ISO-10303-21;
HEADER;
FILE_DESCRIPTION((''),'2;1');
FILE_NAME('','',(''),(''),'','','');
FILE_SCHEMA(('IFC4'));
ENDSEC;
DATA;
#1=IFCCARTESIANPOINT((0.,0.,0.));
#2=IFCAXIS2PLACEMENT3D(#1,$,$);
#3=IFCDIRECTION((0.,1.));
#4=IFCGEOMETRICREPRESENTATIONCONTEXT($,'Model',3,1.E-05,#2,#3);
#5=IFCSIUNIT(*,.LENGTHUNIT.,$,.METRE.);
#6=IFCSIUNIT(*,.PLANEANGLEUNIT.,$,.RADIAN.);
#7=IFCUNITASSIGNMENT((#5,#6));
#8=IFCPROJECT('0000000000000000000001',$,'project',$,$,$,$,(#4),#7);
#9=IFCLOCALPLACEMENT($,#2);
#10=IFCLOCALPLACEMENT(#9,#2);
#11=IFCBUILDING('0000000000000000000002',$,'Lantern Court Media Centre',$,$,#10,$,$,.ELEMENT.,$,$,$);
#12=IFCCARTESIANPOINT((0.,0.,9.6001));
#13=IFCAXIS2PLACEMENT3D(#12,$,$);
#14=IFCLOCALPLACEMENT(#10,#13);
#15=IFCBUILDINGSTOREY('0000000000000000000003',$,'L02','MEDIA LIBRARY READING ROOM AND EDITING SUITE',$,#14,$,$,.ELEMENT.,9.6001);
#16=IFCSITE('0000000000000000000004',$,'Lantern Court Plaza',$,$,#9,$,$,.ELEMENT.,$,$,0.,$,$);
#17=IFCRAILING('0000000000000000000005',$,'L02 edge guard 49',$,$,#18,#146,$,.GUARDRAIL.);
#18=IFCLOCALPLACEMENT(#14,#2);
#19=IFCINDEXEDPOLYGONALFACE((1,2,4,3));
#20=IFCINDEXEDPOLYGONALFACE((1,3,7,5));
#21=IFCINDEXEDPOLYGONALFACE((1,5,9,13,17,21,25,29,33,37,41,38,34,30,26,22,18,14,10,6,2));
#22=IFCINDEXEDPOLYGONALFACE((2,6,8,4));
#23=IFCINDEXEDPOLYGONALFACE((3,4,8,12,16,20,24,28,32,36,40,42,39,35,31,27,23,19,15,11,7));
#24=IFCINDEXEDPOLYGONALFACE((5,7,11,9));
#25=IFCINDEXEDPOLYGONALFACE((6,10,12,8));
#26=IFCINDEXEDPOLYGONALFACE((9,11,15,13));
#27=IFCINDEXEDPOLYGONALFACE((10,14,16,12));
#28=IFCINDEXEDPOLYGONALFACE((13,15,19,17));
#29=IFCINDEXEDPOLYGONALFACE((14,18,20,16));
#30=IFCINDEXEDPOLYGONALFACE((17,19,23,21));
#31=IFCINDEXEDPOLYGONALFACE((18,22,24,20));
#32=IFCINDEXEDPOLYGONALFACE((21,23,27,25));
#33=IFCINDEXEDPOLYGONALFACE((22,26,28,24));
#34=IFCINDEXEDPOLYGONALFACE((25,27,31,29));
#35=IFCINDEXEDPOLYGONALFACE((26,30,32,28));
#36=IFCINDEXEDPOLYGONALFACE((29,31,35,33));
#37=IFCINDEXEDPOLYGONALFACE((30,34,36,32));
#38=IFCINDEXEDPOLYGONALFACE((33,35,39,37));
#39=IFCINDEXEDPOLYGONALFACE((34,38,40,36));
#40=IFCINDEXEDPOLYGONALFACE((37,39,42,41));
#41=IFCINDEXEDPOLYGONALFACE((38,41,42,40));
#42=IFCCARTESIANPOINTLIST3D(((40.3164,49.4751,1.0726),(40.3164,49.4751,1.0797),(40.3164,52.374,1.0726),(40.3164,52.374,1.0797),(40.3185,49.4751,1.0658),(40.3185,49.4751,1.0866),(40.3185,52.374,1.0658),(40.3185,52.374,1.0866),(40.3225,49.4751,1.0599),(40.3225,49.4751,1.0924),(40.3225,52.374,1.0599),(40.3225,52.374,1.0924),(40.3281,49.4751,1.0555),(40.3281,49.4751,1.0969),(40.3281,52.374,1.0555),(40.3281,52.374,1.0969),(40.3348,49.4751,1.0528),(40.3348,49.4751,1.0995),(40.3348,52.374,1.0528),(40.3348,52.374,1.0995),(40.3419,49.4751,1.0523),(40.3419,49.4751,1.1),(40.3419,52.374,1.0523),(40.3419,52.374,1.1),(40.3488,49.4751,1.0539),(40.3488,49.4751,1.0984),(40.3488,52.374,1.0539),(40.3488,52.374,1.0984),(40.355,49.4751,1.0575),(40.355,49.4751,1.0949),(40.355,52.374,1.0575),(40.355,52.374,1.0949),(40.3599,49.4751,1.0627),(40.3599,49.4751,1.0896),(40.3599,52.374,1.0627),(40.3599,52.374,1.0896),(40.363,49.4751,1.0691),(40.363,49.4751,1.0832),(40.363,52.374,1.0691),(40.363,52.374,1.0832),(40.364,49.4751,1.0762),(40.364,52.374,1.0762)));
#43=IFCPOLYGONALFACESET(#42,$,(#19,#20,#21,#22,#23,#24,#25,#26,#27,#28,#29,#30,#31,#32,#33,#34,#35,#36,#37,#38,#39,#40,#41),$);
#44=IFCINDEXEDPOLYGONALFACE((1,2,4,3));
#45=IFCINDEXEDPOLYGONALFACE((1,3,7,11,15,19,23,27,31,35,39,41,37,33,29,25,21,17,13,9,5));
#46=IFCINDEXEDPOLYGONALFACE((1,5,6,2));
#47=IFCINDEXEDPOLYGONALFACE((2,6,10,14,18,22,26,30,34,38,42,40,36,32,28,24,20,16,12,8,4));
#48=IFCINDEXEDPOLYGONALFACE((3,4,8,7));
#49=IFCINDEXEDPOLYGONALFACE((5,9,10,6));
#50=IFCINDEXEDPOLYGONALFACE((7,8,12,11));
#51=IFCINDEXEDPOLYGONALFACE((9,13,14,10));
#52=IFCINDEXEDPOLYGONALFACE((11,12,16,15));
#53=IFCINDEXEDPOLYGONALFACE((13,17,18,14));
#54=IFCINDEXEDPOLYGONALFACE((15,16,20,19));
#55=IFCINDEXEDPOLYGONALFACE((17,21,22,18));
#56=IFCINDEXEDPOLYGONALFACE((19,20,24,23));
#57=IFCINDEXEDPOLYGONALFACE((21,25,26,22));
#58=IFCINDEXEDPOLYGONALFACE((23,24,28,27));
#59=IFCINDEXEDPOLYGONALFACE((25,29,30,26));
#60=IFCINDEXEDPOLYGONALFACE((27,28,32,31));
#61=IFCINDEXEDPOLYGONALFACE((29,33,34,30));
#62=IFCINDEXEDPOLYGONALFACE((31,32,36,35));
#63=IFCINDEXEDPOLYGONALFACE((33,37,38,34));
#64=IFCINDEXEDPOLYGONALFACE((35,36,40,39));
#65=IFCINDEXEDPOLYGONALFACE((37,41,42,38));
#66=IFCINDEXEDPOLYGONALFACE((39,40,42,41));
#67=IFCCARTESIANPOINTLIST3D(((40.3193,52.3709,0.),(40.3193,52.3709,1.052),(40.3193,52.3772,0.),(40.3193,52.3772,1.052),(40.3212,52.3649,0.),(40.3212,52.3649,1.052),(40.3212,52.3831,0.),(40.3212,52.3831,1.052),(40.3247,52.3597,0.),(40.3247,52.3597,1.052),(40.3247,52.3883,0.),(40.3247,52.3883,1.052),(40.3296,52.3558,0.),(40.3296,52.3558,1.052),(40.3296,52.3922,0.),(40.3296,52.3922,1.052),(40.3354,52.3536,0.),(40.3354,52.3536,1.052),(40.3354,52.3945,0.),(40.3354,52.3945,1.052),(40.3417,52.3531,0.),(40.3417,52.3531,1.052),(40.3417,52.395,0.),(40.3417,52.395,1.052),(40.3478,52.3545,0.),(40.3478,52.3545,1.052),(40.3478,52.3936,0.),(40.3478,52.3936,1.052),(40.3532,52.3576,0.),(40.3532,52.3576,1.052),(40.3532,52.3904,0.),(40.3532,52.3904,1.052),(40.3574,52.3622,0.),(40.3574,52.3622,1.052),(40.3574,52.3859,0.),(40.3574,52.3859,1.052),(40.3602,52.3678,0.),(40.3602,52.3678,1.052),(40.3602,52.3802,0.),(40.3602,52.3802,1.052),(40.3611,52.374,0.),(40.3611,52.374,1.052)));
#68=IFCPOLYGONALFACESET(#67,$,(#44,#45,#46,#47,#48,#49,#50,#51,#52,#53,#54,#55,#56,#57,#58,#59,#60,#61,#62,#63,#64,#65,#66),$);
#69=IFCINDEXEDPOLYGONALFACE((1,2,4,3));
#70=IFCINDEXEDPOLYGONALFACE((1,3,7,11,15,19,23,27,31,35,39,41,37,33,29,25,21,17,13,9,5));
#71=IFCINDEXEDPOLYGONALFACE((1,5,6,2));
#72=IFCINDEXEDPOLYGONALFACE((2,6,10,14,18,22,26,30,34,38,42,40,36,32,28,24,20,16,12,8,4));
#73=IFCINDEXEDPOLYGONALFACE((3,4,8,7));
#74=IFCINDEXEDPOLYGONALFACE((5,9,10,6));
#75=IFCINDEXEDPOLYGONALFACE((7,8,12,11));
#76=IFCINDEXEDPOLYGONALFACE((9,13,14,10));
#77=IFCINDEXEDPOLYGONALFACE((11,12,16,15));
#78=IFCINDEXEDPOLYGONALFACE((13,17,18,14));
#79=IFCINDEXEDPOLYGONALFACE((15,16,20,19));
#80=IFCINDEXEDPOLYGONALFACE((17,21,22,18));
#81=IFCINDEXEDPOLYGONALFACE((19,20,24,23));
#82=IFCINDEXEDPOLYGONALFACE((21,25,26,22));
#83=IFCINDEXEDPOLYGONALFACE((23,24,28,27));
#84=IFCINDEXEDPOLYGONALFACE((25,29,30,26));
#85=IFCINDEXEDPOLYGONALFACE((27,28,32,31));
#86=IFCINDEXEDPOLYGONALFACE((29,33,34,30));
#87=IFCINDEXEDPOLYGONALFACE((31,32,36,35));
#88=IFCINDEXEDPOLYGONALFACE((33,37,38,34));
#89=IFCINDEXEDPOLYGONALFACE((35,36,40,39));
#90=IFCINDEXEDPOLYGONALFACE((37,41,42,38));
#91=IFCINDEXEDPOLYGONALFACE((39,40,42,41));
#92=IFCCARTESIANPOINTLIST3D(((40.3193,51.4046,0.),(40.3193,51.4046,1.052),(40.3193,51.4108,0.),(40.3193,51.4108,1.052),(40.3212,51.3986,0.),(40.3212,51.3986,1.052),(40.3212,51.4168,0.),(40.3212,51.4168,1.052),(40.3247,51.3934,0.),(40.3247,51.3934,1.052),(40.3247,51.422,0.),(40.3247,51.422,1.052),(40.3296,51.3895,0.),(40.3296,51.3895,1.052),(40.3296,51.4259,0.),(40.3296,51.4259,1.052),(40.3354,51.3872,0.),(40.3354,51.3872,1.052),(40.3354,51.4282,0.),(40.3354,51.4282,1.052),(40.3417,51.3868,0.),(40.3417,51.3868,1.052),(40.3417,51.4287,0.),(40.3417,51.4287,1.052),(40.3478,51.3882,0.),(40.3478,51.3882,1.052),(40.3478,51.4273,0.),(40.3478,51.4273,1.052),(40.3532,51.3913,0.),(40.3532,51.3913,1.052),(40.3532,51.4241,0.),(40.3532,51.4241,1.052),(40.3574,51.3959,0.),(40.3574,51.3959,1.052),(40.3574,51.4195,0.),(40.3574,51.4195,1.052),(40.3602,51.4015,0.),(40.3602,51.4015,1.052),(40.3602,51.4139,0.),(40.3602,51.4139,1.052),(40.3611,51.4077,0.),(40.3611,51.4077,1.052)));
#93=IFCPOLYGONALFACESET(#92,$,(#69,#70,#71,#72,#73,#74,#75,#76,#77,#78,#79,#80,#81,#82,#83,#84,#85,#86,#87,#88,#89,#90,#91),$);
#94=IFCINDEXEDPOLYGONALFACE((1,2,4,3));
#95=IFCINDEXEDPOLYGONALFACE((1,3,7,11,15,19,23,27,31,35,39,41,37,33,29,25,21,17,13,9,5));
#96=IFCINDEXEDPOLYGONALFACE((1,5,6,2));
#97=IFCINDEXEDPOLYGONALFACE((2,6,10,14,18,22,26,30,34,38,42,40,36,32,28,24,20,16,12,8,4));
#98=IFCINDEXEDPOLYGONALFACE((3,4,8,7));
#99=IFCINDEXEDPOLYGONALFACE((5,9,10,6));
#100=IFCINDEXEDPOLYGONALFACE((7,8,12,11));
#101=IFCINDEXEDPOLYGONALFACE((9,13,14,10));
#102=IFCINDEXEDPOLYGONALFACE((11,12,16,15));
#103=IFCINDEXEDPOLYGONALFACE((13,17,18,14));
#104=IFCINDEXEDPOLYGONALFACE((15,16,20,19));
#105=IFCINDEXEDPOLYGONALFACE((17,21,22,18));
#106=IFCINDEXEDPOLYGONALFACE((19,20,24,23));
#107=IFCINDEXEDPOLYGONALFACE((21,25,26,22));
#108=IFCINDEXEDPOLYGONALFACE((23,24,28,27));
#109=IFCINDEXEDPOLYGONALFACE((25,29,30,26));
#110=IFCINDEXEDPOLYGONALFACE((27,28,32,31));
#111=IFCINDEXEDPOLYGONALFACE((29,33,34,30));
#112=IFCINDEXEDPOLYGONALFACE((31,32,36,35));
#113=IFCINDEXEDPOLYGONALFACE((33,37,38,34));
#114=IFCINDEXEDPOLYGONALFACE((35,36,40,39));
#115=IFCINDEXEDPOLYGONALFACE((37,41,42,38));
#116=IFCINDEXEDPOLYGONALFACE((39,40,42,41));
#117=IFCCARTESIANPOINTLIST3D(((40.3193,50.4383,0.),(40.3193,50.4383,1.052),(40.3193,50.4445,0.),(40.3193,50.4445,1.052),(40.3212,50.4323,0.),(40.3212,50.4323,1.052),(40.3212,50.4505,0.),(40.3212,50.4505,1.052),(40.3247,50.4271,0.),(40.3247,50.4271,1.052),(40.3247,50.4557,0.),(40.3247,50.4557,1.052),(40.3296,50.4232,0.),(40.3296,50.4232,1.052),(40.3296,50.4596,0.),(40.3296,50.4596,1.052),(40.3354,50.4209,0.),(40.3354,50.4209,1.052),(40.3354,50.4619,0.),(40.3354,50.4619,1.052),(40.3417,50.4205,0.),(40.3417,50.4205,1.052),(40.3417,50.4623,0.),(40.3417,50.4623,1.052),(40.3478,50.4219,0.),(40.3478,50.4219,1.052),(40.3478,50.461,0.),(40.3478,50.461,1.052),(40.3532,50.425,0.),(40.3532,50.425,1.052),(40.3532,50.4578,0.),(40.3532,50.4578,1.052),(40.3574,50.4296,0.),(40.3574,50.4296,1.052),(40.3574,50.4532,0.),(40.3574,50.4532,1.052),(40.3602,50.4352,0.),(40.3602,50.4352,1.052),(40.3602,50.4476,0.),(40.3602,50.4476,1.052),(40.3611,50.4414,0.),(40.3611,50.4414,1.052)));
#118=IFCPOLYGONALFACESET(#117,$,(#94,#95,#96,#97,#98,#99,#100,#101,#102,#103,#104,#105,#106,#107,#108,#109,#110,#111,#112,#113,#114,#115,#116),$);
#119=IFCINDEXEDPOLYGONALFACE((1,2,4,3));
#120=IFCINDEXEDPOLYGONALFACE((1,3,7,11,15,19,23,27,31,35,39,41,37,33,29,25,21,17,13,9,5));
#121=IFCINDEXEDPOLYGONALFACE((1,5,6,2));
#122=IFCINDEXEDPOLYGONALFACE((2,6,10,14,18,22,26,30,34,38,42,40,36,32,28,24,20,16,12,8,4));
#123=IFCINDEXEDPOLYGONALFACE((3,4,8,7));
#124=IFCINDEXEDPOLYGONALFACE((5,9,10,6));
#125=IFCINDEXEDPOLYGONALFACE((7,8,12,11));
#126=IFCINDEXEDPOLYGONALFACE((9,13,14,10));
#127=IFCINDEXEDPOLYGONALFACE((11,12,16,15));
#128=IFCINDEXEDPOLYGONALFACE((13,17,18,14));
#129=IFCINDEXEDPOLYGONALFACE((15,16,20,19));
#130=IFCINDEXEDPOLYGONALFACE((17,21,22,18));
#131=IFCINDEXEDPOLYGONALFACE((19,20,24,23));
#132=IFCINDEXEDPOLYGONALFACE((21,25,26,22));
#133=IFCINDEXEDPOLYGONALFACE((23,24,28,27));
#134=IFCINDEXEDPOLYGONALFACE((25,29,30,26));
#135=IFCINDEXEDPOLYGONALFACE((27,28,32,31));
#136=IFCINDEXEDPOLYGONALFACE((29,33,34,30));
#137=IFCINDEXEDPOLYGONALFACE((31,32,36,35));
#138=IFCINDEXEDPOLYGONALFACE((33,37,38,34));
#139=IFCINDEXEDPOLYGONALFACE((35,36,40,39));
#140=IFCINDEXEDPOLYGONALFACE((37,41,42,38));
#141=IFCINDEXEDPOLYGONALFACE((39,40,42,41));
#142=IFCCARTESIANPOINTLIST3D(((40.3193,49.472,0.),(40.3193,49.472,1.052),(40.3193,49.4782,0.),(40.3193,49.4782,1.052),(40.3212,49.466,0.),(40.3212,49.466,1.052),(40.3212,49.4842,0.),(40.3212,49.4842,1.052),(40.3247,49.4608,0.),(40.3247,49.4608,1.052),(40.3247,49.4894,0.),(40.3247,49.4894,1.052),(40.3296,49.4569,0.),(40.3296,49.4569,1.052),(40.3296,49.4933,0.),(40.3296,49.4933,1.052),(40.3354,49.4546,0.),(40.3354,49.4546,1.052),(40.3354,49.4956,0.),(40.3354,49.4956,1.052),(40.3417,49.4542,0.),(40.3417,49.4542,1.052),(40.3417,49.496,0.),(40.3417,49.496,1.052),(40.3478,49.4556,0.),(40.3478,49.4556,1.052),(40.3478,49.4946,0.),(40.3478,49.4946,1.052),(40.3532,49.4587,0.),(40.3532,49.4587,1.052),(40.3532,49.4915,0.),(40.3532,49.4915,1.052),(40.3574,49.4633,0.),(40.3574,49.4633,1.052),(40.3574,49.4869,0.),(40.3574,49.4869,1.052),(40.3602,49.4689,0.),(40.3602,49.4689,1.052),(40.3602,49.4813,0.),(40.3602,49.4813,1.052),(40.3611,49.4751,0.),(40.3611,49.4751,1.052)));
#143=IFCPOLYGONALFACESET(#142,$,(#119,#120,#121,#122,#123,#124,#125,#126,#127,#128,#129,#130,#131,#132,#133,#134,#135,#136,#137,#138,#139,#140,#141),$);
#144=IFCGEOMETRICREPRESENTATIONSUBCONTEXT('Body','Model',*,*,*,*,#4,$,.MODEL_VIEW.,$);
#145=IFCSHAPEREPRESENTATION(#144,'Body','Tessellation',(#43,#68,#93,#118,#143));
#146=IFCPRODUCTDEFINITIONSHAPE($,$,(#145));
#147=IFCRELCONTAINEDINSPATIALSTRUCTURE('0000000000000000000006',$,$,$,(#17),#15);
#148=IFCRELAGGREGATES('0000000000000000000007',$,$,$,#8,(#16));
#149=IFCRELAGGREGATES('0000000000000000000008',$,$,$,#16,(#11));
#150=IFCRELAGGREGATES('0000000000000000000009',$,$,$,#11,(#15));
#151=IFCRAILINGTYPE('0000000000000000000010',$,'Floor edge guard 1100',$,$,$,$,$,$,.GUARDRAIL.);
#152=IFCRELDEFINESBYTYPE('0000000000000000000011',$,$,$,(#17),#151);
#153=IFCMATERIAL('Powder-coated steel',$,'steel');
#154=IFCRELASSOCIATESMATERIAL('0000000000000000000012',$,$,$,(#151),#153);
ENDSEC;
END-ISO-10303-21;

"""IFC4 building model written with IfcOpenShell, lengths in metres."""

from ifc_helpers import new_model, si_unit, direction, frame, origin, origin_2d, place, context, subcontext, project, spatial, circle, extrude, material, type_object, element, save


model = new_model("IFC4")

# Units and contexts
model_context = context("Model", 3, precision=1e-05, world=origin(), true_north=direction((0.0, 1.0)))
body_context = subcontext(model_context, "Body", "Model", "MODEL_VIEW")
ifc_project = project(units=[si_unit("LENGTHUNIT", "METRE"), si_unit("PLANEANGLEUNIT", "RADIAN")], contexts=[model_context])

# Site, building, storey
site_placement = place(None, origin())
site = spatial("IfcSite", under=ifc_project, at=site_placement, Name="Lantern Court Plaza", CompositionType="ELEMENT", RefElevation=0.0)
building_placement = place(site_placement, origin())
building = spatial("IfcBuilding", under=site, at=building_placement, Name="Lantern Court Media Centre", CompositionType="ELEMENT")
storey_placement = place(building_placement, frame((0.0, 0.0, 9.6001)))
storey = spatial("IfcBuildingStorey", under=building, at=storey_placement, Name="L02", Description="MEDIA LIBRARY READING ROOM AND EDITING SUITE", CompositionType="ELEMENT", Elevation=9.6001)

# Railing
ifc_material_1 = material(Name="Powder-coated steel", Category="steel")
railing_type = type_object("IfcRailingType", Name="Floor edge guard 1100", PredefinedType="GUARDRAIL", material=ifc_material_1)
railing_placement = place(storey_placement, frame((40.3401, 52.374, 0.0)))
element("IfcRailing", 1, at=railing_placement, inside=storey, type_object=railing_type, Name="L02 edge guard 49", PredefinedType="GUARDRAIL", context=body_context, shape_type="SweptSolid", body=[
    extrude(circle(Radius=0.0239, at=origin_2d()), frame((0.0, 0.0, 1.0762), z_axis=(0.0, -1.0, 0.0), x_axis=(1.0, 0.0, 0.0)), (0.0, 0.0, 1.0), 2.8989),
    extrude(circle(Radius=0.021, at=origin_2d()), origin(), (0.0, 0.0, 1.0), 1.052),
    extrude(circle(Radius=0.021, at=origin_2d()), frame((0.0, -0.9663, 0.0)), (0.0, 0.0, 1.0), 1.052),
    extrude(circle(Radius=0.021, at=origin_2d()), frame((0.0, -1.9326, 0.0)), (0.0, 0.0, 1.0), 1.052),
    extrude(circle(Radius=0.021, at=origin_2d()), frame((0.0, -2.8989, 0.0)), (0.0, 0.0, 1.0), 1.052),
])

save(model, "model.ifc")
